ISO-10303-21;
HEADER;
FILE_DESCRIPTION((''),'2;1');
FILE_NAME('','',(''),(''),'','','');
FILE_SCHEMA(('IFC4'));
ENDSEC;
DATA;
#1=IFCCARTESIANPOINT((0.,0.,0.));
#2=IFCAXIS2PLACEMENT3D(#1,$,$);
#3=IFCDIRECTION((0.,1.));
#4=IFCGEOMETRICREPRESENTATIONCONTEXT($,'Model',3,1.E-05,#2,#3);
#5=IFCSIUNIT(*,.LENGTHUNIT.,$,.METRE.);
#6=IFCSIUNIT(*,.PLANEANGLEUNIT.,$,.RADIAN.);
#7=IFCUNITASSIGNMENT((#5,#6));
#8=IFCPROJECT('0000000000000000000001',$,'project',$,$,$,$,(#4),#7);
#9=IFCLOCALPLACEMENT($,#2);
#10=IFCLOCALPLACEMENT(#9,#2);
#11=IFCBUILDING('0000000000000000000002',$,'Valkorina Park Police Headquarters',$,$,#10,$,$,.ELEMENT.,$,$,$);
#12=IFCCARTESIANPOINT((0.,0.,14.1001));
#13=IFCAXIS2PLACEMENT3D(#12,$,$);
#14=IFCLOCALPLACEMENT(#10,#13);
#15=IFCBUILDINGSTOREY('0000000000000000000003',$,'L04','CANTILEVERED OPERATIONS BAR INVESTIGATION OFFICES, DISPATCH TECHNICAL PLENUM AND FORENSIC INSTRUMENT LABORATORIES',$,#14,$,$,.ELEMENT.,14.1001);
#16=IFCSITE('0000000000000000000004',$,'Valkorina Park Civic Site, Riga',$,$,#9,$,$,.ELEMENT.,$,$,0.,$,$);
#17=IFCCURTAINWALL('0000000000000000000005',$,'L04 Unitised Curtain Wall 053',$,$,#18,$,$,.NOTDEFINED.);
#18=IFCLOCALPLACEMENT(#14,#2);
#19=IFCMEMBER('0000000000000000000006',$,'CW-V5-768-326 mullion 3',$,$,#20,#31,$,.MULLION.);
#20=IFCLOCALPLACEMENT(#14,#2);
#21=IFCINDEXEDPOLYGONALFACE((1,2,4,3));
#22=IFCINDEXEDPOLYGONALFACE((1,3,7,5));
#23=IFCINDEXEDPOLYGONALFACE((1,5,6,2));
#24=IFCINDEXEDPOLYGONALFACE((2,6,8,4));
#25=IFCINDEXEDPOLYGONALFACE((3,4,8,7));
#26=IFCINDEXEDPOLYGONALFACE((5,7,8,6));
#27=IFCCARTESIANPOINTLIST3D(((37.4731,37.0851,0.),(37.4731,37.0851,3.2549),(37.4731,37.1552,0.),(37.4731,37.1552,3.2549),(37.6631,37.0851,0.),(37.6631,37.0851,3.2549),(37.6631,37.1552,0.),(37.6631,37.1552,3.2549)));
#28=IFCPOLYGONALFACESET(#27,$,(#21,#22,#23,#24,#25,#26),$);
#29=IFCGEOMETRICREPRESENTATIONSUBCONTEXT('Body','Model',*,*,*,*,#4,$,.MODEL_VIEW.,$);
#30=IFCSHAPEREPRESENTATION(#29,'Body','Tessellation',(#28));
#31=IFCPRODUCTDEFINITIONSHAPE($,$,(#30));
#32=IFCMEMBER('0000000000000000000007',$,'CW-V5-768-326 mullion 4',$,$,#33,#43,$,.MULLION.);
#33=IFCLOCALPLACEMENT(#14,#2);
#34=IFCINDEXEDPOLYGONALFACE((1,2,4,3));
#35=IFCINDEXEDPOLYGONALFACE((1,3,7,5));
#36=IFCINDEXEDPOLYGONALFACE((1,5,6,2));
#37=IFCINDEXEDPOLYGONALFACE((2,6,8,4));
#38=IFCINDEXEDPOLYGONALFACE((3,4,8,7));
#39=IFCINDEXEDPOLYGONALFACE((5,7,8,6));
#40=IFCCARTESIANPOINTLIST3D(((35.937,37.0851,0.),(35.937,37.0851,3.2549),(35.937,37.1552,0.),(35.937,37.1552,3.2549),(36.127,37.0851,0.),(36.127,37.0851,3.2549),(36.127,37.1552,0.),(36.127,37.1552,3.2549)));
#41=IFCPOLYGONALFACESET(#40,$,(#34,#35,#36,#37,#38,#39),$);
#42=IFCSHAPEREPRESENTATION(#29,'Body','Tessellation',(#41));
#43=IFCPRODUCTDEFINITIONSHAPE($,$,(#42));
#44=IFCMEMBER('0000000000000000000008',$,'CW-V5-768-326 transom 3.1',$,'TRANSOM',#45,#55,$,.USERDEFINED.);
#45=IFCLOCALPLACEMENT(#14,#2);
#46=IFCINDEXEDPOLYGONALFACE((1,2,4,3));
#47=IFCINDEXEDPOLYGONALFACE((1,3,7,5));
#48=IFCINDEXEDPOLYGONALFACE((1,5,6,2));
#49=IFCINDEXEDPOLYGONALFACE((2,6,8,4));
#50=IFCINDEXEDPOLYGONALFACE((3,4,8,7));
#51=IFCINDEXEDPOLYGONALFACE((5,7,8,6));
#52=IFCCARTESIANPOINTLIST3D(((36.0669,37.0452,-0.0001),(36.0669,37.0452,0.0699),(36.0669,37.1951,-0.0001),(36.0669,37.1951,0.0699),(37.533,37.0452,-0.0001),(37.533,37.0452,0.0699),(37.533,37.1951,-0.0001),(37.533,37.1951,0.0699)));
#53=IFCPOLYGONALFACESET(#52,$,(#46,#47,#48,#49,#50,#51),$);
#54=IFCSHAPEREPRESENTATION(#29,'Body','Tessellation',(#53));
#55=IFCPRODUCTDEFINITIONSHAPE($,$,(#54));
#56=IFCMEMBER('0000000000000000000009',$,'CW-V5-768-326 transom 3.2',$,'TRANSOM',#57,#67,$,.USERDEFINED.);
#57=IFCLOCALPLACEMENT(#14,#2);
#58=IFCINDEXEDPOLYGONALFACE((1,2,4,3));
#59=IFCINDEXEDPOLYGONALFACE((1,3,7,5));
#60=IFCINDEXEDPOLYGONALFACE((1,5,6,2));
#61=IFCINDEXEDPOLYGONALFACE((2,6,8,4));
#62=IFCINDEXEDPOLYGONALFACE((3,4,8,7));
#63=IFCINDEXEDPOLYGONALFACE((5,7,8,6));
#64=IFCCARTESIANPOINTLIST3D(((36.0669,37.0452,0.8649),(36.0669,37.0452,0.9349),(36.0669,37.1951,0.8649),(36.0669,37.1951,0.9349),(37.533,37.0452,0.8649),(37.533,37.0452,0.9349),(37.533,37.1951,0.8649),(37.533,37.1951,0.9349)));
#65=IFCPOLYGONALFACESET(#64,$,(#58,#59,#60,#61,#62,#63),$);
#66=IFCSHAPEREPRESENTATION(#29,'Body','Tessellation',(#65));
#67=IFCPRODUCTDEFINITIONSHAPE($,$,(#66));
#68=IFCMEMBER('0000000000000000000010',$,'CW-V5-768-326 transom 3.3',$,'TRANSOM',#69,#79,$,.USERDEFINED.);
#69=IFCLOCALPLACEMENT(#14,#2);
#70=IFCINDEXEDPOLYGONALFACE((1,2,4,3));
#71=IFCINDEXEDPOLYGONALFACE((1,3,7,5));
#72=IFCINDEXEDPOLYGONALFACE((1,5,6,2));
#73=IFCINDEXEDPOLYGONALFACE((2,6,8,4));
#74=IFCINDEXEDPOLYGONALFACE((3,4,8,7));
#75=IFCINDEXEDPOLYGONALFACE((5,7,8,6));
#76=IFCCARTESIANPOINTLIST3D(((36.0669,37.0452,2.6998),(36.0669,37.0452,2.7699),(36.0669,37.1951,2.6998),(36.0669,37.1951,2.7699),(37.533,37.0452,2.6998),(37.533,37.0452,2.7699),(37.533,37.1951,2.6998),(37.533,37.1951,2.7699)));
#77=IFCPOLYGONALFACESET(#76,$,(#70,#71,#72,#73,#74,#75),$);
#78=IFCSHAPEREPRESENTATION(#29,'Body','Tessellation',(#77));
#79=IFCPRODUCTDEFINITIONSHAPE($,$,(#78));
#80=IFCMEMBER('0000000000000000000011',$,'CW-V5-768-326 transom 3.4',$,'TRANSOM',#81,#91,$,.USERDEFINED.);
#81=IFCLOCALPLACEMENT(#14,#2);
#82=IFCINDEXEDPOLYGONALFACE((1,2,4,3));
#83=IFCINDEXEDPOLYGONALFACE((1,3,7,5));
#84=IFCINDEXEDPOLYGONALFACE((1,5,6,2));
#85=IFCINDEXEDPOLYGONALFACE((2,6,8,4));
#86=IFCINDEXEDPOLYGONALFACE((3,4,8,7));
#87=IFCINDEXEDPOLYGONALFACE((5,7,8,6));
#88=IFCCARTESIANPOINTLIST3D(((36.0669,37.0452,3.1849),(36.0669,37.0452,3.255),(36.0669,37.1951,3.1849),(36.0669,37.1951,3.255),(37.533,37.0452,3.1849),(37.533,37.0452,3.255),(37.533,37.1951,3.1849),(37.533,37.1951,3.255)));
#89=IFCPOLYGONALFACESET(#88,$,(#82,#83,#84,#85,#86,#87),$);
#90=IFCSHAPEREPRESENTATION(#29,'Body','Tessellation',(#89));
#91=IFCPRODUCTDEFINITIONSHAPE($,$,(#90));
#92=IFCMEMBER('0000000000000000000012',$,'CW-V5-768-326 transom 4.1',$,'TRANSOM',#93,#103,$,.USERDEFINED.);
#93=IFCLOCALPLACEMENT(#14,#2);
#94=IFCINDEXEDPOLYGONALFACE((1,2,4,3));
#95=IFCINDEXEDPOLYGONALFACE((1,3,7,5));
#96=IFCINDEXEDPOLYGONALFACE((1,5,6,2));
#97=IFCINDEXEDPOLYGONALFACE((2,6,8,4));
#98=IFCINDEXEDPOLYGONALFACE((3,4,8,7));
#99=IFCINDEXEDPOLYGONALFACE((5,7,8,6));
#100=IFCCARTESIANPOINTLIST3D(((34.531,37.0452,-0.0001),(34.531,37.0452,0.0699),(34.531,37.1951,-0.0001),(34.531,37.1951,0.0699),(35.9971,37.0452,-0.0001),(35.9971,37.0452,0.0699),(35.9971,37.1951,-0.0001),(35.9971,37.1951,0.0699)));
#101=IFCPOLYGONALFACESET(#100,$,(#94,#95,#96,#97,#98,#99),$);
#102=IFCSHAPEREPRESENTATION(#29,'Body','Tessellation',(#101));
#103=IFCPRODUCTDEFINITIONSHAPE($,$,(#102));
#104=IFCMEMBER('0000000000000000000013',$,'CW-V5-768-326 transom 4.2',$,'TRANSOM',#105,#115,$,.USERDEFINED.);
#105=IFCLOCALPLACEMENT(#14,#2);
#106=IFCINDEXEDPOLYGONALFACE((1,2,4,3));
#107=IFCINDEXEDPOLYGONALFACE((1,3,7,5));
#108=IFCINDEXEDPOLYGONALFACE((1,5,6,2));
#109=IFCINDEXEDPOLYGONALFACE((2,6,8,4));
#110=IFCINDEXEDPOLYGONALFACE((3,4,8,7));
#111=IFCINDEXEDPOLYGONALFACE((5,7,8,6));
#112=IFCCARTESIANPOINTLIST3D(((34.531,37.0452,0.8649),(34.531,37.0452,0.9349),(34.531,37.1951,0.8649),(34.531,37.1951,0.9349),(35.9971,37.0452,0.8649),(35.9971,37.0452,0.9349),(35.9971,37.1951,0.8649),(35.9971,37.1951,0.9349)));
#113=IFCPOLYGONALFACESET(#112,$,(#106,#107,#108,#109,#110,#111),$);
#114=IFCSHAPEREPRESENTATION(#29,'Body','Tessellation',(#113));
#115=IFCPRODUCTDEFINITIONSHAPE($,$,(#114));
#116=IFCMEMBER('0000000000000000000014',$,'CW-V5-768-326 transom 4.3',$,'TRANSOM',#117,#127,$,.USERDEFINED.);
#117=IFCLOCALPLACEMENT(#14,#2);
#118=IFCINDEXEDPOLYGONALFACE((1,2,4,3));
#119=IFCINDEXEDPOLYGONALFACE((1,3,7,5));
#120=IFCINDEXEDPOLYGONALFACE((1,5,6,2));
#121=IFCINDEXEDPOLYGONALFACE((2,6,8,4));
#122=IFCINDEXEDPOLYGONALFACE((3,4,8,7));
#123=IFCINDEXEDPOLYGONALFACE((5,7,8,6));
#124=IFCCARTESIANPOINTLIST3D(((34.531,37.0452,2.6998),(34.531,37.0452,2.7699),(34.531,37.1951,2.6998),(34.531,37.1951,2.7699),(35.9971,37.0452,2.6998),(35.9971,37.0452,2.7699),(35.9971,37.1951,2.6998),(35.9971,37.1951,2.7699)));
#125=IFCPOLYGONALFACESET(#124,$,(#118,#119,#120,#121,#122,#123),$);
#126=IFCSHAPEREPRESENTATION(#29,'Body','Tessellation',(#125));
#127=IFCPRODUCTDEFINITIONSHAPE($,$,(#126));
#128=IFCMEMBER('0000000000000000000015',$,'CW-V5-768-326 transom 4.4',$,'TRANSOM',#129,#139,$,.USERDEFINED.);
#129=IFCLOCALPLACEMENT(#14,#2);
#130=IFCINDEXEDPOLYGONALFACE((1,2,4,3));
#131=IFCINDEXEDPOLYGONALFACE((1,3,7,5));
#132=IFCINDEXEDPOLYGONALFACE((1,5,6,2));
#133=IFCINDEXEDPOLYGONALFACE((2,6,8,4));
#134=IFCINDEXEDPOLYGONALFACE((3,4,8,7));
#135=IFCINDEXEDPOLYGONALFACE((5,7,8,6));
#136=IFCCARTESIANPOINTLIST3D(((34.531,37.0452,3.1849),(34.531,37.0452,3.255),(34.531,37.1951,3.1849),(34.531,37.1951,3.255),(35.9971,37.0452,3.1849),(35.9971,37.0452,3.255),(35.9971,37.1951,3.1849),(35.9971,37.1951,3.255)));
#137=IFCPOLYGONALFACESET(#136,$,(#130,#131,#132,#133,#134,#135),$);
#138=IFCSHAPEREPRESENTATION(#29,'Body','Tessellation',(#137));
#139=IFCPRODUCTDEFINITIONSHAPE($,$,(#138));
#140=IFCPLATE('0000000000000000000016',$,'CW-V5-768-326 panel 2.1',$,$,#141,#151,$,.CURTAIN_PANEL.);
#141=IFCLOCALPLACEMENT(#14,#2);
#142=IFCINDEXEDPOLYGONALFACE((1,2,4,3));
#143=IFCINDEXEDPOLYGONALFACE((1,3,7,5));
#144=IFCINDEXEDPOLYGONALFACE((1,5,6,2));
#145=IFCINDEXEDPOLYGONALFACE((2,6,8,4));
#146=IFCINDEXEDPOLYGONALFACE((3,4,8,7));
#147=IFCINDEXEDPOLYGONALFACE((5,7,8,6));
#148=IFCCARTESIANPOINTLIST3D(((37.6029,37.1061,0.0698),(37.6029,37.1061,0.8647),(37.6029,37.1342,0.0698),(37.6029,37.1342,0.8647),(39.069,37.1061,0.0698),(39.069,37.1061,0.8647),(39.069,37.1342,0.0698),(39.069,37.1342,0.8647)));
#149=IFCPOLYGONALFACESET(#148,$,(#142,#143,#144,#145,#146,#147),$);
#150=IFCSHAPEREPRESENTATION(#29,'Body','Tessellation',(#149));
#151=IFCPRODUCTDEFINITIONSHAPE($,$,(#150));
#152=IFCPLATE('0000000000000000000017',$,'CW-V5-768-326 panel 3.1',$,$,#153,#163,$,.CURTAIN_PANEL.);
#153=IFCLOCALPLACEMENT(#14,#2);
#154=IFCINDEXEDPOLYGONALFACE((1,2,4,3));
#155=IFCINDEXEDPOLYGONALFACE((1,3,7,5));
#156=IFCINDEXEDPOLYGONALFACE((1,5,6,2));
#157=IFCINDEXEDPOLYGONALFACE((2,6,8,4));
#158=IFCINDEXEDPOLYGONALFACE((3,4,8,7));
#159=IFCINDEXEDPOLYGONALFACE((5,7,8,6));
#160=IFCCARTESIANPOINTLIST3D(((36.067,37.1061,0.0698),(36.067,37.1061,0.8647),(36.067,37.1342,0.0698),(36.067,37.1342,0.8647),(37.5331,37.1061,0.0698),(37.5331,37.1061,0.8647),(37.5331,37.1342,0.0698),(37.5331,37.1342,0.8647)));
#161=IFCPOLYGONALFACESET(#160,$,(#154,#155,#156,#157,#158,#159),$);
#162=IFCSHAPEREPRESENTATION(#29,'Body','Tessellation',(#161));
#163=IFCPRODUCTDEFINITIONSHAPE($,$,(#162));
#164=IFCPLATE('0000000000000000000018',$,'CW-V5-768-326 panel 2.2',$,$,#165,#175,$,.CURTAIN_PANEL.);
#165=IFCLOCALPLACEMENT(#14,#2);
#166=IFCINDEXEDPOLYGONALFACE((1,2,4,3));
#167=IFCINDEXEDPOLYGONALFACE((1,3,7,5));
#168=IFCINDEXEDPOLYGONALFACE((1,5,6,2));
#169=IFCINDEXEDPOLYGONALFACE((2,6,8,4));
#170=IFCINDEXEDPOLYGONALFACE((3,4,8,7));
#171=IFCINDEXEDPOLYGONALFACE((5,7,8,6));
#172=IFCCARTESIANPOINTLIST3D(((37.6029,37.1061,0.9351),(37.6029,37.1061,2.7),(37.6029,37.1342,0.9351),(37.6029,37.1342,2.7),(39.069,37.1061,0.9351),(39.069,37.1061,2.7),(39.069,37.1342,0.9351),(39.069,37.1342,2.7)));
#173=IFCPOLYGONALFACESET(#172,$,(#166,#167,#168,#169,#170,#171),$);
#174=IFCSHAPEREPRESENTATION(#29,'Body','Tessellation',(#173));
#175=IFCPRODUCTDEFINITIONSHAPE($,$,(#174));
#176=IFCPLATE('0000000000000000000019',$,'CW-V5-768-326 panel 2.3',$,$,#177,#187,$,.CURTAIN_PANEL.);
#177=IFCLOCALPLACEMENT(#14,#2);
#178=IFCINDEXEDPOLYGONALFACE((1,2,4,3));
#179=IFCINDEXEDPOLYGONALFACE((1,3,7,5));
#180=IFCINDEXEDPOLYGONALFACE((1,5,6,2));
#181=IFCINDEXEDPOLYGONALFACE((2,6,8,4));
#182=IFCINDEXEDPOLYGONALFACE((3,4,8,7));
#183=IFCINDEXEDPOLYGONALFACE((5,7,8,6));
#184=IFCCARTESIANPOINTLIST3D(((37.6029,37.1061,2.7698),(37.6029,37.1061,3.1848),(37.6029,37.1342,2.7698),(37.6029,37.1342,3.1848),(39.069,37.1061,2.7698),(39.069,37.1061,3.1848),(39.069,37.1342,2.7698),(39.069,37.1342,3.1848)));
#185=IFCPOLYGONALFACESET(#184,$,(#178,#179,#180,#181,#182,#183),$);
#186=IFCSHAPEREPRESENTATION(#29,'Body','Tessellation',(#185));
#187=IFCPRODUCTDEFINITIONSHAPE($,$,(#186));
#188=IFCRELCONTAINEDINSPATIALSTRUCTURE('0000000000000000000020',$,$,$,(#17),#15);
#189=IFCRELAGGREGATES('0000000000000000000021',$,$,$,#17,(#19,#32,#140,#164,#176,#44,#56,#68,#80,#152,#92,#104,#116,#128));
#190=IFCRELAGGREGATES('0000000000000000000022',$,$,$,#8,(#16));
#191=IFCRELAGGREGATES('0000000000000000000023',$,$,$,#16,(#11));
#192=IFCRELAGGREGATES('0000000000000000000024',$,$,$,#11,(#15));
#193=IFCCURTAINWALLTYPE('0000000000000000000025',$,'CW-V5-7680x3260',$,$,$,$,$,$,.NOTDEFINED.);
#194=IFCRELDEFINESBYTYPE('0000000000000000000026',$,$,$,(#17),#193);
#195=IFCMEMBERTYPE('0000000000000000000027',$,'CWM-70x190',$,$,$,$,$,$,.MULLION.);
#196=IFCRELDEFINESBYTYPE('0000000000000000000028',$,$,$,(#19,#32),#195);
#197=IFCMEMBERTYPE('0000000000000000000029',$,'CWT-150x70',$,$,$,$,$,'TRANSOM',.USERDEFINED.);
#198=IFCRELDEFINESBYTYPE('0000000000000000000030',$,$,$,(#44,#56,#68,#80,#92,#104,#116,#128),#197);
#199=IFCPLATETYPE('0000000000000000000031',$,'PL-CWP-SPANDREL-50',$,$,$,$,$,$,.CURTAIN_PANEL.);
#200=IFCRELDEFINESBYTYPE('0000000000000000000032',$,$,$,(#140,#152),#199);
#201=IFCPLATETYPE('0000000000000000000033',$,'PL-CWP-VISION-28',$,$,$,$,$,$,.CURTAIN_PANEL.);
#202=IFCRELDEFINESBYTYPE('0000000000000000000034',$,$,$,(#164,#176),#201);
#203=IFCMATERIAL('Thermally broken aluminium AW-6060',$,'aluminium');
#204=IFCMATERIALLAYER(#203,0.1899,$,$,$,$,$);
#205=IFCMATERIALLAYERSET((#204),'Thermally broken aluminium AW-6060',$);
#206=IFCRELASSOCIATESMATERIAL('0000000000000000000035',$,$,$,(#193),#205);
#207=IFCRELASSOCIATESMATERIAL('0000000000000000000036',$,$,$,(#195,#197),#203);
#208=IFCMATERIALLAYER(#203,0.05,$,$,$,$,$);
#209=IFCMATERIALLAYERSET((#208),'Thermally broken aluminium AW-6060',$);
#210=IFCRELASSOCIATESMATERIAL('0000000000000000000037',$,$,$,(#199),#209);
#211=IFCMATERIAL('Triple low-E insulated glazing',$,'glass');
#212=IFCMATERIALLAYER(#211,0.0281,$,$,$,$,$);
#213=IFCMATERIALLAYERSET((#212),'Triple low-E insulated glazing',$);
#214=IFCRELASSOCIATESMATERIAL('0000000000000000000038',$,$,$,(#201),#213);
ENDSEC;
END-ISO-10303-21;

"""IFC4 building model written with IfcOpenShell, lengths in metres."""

from ifc_helpers import new_model, si_unit, direction, frame, origin, origin_2d, place, context, subcontext, project, spatial, rectangle, extrude, material, layer, layer_set, material_profile, profile_set, type_object, element, aggregate, save


model = new_model("IFC4")

# Units and contexts
model_context = context("Model", 3, precision=1e-05, world=origin(), true_north=direction((0.0, 1.0)))
body_context = subcontext(model_context, "Body", "Model", "MODEL_VIEW")
ifc_project = project(units=[si_unit("LENGTHUNIT", "METRE"), si_unit("PLANEANGLEUNIT", "RADIAN")], contexts=[model_context])

# Site, building, storey
site_placement = place(None, origin())
site = spatial("IfcSite", under=ifc_project, at=site_placement, Name="Valkorina Park Civic Site, Riga", CompositionType="ELEMENT", RefElevation=0.0)
building_placement = place(site_placement, origin())
building = spatial("IfcBuilding", under=site, at=building_placement, Name="Valkorina Park Police Headquarters", CompositionType="ELEMENT")
storey_placement = place(building_placement, frame((0.0, 0.0, 14.1001)))
storey = spatial("IfcBuildingStorey", under=building, at=storey_placement, Name="L04", Description="CANTILEVERED OPERATIONS BAR INVESTIGATION OFFICES, DISPATCH TECHNICAL PLENUM AND FORENSIC INSTRUMENT LABORATORIES", CompositionType="ELEMENT", Elevation=14.1001)

# Curtain wall, members, plates
ifc_material_1 = material(Name="Thermally broken aluminium AW-6060", Category="aluminium")
ifc_layer_1 = layer(ifc_material_1, 0.1899)
ifc_layer_set_1 = layer_set([ifc_layer_1], Name="Thermally broken aluminium AW-6060")
curtain_wall_type = type_object("IfcCurtainWallType", Name="CW-V5-7680x3260", PredefinedType="NOTDEFINED", material=ifc_layer_set_1)
curtain_wall_placement = place(storey_placement, origin())
curtain_wall = element("IfcCurtainWall", 1, at=curtain_wall_placement, inside=storey, type_object=curtain_wall_type, Name="L04 Unitised Curtain Wall 053", PredefinedType="NOTDEFINED")
ifc_material_profile_1 = material_profile(ifc_material_1, rectangle(XDim=0.0701, YDim=0.1899, at=origin_2d()), Name="CWM-02 70x190")
ifc_profile_set_1 = profile_set([ifc_material_profile_1], Name="Thermally broken aluminium AW-6060")
member_type_1 = type_object("IfcMemberType", Name="CWM-70x190", PredefinedType="MULLION", material=ifc_profile_set_1)
member_1_placement = place(storey_placement, frame((37.5681, 37.1201, 0.0), z_axis=(0.0, 0.0, 1.0), x_axis=(0.0, -1.0, 0.0)))
member_1 = element("IfcMember", 2, at=member_1_placement, type_object=member_type_1, Name="CW-V5-768-326 mullion 3", PredefinedType="MULLION", context=body_context, shape_type="SweptSolid", body=[
    extrude(rectangle(XDim=0.0701, YDim=0.1899, at=origin_2d()), origin(), (0.0, 0.0, 1.0), 3.2549),
])
member_2_placement = place(storey_placement, frame((36.032, 37.1201, 0.0), z_axis=(0.0, 0.0, 1.0), x_axis=(0.0, -1.0, 0.0)))
member_2 = element("IfcMember", 3, at=member_2_placement, type_object=member_type_1, Name="CW-V5-768-326 mullion 4", PredefinedType="MULLION", context=body_context, shape_type="SweptSolid", body=[
    extrude(rectangle(XDim=0.0701, YDim=0.1899, at=origin_2d()), origin(), (0.0, 0.0, 1.0), 3.2549),
])
ifc_material_profile_2 = material_profile(ifc_material_1, rectangle(XDim=0.1499, YDim=0.0701, at=origin_2d()), Name="CWT-02 150x70")
ifc_profile_set_2 = profile_set([ifc_material_profile_2], Name="Thermally broken aluminium AW-6060")
member_type_2 = type_object("IfcMemberType", Name="CWT-150x70", ElementType="TRANSOM", PredefinedType="USERDEFINED", material=ifc_profile_set_2)
member_3_placement = place(storey_placement, frame((37.533, 37.1201, 0.0349), z_axis=(-1.0, 0.0, 0.0), x_axis=(0.0, -1.0, 0.0)))
member_3 = element("IfcMember", 4, at=member_3_placement, type_object=member_type_2, Name="CW-V5-768-326 transom 3.1", ObjectType="TRANSOM", PredefinedType="USERDEFINED", context=body_context, shape_type="SweptSolid", body=[
    extrude(rectangle(XDim=0.1499, YDim=0.0701, at=origin_2d()), origin(), (0.0, 0.0, 1.0), 1.4661),
])
member_4_placement = place(storey_placement, frame((37.533, 37.1201, 0.8999), z_axis=(-1.0, 0.0, 0.0), x_axis=(0.0, -1.0, 0.0)))
member_4 = element("IfcMember", 5, at=member_4_placement, type_object=member_type_2, Name="CW-V5-768-326 transom 3.2", ObjectType="TRANSOM", PredefinedType="USERDEFINED", context=body_context, shape_type="SweptSolid", body=[
    extrude(rectangle(XDim=0.1499, YDim=0.0701, at=origin_2d()), origin(), (0.0, 0.0, 1.0), 1.4661),
])
member_5_placement = place(storey_placement, frame((37.533, 37.1201, 2.7349), z_axis=(-1.0, 0.0, 0.0), x_axis=(0.0, -1.0, 0.0)))
member_5 = element("IfcMember", 6, at=member_5_placement, type_object=member_type_2, Name="CW-V5-768-326 transom 3.3", ObjectType="TRANSOM", PredefinedType="USERDEFINED", context=body_context, shape_type="SweptSolid", body=[
    extrude(rectangle(XDim=0.1499, YDim=0.0701, at=origin_2d()), origin(), (0.0, 0.0, 1.0), 1.4661),
])
member_6_placement = place(storey_placement, frame((37.533, 37.1201, 3.22), z_axis=(-1.0, 0.0, 0.0), x_axis=(0.0, -1.0, 0.0)))
member_6 = element("IfcMember", 7, at=member_6_placement, type_object=member_type_2, Name="CW-V5-768-326 transom 3.4", ObjectType="TRANSOM", PredefinedType="USERDEFINED", context=body_context, shape_type="SweptSolid", body=[
    extrude(rectangle(XDim=0.1499, YDim=0.0701, at=origin_2d()), origin(), (0.0, 0.0, 1.0), 1.4661),
])
member_7_placement = place(storey_placement, frame((35.9971, 37.1201, 0.0349), z_axis=(-1.0, 0.0, 0.0), x_axis=(0.0, -1.0, 0.0)))
member_7 = element("IfcMember", 8, at=member_7_placement, type_object=member_type_2, Name="CW-V5-768-326 transom 4.1", ObjectType="TRANSOM", PredefinedType="USERDEFINED", context=body_context, shape_type="SweptSolid", body=[
    extrude(rectangle(XDim=0.1499, YDim=0.0701, at=origin_2d()), origin(), (0.0, 0.0, 1.0), 1.4661),
])
member_8_placement = place(storey_placement, frame((35.9971, 37.1201, 0.8999), z_axis=(-1.0, 0.0, 0.0), x_axis=(0.0, -1.0, 0.0)))
member_8 = element("IfcMember", 9, at=member_8_placement, type_object=member_type_2, Name="CW-V5-768-326 transom 4.2", ObjectType="TRANSOM", PredefinedType="USERDEFINED", context=body_context, shape_type="SweptSolid", body=[
    extrude(rectangle(XDim=0.1499, YDim=0.0701, at=origin_2d()), origin(), (0.0, 0.0, 1.0), 1.4661),
])
member_9_placement = place(storey_placement, frame((35.9971, 37.1201, 2.7349), z_axis=(-1.0, 0.0, 0.0), x_axis=(0.0, -1.0, 0.0)))
member_9 = element("IfcMember", 10, at=member_9_placement, type_object=member_type_2, Name="CW-V5-768-326 transom 4.3", ObjectType="TRANSOM", PredefinedType="USERDEFINED", context=body_context, shape_type="SweptSolid", body=[
    extrude(rectangle(XDim=0.1499, YDim=0.0701, at=origin_2d()), origin(), (0.0, 0.0, 1.0), 1.4661),
])
member_10_placement = place(storey_placement, frame((35.9971, 37.1201, 3.22), z_axis=(-1.0, 0.0, 0.0), x_axis=(0.0, -1.0, 0.0)))
member_10 = element("IfcMember", 11, at=member_10_placement, type_object=member_type_2, Name="CW-V5-768-326 transom 4.4", ObjectType="TRANSOM", PredefinedType="USERDEFINED", context=body_context, shape_type="SweptSolid", body=[
    extrude(rectangle(XDim=0.1499, YDim=0.0701, at=origin_2d()), origin(), (0.0, 0.0, 1.0), 1.4661),
])
ifc_layer_2 = layer(ifc_material_1, 0.05)
ifc_layer_set_2 = layer_set([ifc_layer_2], Name="Thermally broken aluminium AW-6060")
plate_type_1 = type_object("IfcPlateType", Name="PL-CWP-SPANDREL-50", PredefinedType="CURTAIN_PANEL", material=ifc_layer_set_2)
plate_1_placement = place(storey_placement, frame((38.3359, 37.1201, 0.0698), z_axis=(0.0, 0.0, 1.0), x_axis=(-1.0, 0.0, 0.0)))
plate_1 = element("IfcPlate", 12, at=plate_1_placement, type_object=plate_type_1, Name="CW-V5-768-326 panel 2.1", PredefinedType="CURTAIN_PANEL", context=body_context, shape_type="SweptSolid", body=[
    extrude(rectangle(XDim=1.4661, YDim=0.0281, at=origin_2d()), origin(), (0.0, 0.0, 1.0), 0.7949),
])
plate_2_placement = place(storey_placement, frame((36.8, 37.1201, 0.0698), z_axis=(0.0, 0.0, 1.0), x_axis=(-1.0, 0.0, 0.0)))
plate_2 = element("IfcPlate", 13, at=plate_2_placement, type_object=plate_type_1, Name="CW-V5-768-326 panel 3.1", PredefinedType="CURTAIN_PANEL", context=body_context, shape_type="SweptSolid", body=[
    extrude(rectangle(XDim=1.4661, YDim=0.0281, at=origin_2d()), origin(), (0.0, 0.0, 1.0), 0.7949),
])
ifc_material_2 = material(Name="Triple low-E insulated glazing", Category="glass")
ifc_layer_3 = layer(ifc_material_2, 0.0281)
ifc_layer_set_3 = layer_set([ifc_layer_3], Name="Triple low-E insulated glazing")
plate_type_2 = type_object("IfcPlateType", Name="PL-CWP-VISION-28", PredefinedType="CURTAIN_PANEL", material=ifc_layer_set_3)
plate_3_placement = place(storey_placement, frame((38.3359, 37.1201, 0.9351), z_axis=(0.0, 0.0, 1.0), x_axis=(-1.0, 0.0, 0.0)))
plate_3 = element("IfcPlate", 14, at=plate_3_placement, type_object=plate_type_2, Name="CW-V5-768-326 panel 2.2", PredefinedType="CURTAIN_PANEL", context=body_context, shape_type="SweptSolid", body=[
    extrude(rectangle(XDim=1.4661, YDim=0.0281, at=origin_2d()), origin(), (0.0, 0.0, 1.0), 1.7649),
])
plate_4_placement = place(storey_placement, frame((38.3359, 37.1201, 2.7698), z_axis=(0.0, 0.0, 1.0), x_axis=(-1.0, 0.0, 0.0)))
plate_4 = element("IfcPlate", 15, at=plate_4_placement, type_object=plate_type_2, Name="CW-V5-768-326 panel 2.3", PredefinedType="CURTAIN_PANEL", context=body_context, shape_type="SweptSolid", body=[
    extrude(rectangle(XDim=1.4661, YDim=0.0281, at=origin_2d()), origin(), (0.0, 0.0, 1.0), 0.415),
])
aggregate(curtain_wall, [member_1, member_2, plate_1, plate_3, plate_4, member_3, member_4, member_5, member_6, plate_2, member_7, member_8, member_9, member_10])

save(model, "model.ifc")
